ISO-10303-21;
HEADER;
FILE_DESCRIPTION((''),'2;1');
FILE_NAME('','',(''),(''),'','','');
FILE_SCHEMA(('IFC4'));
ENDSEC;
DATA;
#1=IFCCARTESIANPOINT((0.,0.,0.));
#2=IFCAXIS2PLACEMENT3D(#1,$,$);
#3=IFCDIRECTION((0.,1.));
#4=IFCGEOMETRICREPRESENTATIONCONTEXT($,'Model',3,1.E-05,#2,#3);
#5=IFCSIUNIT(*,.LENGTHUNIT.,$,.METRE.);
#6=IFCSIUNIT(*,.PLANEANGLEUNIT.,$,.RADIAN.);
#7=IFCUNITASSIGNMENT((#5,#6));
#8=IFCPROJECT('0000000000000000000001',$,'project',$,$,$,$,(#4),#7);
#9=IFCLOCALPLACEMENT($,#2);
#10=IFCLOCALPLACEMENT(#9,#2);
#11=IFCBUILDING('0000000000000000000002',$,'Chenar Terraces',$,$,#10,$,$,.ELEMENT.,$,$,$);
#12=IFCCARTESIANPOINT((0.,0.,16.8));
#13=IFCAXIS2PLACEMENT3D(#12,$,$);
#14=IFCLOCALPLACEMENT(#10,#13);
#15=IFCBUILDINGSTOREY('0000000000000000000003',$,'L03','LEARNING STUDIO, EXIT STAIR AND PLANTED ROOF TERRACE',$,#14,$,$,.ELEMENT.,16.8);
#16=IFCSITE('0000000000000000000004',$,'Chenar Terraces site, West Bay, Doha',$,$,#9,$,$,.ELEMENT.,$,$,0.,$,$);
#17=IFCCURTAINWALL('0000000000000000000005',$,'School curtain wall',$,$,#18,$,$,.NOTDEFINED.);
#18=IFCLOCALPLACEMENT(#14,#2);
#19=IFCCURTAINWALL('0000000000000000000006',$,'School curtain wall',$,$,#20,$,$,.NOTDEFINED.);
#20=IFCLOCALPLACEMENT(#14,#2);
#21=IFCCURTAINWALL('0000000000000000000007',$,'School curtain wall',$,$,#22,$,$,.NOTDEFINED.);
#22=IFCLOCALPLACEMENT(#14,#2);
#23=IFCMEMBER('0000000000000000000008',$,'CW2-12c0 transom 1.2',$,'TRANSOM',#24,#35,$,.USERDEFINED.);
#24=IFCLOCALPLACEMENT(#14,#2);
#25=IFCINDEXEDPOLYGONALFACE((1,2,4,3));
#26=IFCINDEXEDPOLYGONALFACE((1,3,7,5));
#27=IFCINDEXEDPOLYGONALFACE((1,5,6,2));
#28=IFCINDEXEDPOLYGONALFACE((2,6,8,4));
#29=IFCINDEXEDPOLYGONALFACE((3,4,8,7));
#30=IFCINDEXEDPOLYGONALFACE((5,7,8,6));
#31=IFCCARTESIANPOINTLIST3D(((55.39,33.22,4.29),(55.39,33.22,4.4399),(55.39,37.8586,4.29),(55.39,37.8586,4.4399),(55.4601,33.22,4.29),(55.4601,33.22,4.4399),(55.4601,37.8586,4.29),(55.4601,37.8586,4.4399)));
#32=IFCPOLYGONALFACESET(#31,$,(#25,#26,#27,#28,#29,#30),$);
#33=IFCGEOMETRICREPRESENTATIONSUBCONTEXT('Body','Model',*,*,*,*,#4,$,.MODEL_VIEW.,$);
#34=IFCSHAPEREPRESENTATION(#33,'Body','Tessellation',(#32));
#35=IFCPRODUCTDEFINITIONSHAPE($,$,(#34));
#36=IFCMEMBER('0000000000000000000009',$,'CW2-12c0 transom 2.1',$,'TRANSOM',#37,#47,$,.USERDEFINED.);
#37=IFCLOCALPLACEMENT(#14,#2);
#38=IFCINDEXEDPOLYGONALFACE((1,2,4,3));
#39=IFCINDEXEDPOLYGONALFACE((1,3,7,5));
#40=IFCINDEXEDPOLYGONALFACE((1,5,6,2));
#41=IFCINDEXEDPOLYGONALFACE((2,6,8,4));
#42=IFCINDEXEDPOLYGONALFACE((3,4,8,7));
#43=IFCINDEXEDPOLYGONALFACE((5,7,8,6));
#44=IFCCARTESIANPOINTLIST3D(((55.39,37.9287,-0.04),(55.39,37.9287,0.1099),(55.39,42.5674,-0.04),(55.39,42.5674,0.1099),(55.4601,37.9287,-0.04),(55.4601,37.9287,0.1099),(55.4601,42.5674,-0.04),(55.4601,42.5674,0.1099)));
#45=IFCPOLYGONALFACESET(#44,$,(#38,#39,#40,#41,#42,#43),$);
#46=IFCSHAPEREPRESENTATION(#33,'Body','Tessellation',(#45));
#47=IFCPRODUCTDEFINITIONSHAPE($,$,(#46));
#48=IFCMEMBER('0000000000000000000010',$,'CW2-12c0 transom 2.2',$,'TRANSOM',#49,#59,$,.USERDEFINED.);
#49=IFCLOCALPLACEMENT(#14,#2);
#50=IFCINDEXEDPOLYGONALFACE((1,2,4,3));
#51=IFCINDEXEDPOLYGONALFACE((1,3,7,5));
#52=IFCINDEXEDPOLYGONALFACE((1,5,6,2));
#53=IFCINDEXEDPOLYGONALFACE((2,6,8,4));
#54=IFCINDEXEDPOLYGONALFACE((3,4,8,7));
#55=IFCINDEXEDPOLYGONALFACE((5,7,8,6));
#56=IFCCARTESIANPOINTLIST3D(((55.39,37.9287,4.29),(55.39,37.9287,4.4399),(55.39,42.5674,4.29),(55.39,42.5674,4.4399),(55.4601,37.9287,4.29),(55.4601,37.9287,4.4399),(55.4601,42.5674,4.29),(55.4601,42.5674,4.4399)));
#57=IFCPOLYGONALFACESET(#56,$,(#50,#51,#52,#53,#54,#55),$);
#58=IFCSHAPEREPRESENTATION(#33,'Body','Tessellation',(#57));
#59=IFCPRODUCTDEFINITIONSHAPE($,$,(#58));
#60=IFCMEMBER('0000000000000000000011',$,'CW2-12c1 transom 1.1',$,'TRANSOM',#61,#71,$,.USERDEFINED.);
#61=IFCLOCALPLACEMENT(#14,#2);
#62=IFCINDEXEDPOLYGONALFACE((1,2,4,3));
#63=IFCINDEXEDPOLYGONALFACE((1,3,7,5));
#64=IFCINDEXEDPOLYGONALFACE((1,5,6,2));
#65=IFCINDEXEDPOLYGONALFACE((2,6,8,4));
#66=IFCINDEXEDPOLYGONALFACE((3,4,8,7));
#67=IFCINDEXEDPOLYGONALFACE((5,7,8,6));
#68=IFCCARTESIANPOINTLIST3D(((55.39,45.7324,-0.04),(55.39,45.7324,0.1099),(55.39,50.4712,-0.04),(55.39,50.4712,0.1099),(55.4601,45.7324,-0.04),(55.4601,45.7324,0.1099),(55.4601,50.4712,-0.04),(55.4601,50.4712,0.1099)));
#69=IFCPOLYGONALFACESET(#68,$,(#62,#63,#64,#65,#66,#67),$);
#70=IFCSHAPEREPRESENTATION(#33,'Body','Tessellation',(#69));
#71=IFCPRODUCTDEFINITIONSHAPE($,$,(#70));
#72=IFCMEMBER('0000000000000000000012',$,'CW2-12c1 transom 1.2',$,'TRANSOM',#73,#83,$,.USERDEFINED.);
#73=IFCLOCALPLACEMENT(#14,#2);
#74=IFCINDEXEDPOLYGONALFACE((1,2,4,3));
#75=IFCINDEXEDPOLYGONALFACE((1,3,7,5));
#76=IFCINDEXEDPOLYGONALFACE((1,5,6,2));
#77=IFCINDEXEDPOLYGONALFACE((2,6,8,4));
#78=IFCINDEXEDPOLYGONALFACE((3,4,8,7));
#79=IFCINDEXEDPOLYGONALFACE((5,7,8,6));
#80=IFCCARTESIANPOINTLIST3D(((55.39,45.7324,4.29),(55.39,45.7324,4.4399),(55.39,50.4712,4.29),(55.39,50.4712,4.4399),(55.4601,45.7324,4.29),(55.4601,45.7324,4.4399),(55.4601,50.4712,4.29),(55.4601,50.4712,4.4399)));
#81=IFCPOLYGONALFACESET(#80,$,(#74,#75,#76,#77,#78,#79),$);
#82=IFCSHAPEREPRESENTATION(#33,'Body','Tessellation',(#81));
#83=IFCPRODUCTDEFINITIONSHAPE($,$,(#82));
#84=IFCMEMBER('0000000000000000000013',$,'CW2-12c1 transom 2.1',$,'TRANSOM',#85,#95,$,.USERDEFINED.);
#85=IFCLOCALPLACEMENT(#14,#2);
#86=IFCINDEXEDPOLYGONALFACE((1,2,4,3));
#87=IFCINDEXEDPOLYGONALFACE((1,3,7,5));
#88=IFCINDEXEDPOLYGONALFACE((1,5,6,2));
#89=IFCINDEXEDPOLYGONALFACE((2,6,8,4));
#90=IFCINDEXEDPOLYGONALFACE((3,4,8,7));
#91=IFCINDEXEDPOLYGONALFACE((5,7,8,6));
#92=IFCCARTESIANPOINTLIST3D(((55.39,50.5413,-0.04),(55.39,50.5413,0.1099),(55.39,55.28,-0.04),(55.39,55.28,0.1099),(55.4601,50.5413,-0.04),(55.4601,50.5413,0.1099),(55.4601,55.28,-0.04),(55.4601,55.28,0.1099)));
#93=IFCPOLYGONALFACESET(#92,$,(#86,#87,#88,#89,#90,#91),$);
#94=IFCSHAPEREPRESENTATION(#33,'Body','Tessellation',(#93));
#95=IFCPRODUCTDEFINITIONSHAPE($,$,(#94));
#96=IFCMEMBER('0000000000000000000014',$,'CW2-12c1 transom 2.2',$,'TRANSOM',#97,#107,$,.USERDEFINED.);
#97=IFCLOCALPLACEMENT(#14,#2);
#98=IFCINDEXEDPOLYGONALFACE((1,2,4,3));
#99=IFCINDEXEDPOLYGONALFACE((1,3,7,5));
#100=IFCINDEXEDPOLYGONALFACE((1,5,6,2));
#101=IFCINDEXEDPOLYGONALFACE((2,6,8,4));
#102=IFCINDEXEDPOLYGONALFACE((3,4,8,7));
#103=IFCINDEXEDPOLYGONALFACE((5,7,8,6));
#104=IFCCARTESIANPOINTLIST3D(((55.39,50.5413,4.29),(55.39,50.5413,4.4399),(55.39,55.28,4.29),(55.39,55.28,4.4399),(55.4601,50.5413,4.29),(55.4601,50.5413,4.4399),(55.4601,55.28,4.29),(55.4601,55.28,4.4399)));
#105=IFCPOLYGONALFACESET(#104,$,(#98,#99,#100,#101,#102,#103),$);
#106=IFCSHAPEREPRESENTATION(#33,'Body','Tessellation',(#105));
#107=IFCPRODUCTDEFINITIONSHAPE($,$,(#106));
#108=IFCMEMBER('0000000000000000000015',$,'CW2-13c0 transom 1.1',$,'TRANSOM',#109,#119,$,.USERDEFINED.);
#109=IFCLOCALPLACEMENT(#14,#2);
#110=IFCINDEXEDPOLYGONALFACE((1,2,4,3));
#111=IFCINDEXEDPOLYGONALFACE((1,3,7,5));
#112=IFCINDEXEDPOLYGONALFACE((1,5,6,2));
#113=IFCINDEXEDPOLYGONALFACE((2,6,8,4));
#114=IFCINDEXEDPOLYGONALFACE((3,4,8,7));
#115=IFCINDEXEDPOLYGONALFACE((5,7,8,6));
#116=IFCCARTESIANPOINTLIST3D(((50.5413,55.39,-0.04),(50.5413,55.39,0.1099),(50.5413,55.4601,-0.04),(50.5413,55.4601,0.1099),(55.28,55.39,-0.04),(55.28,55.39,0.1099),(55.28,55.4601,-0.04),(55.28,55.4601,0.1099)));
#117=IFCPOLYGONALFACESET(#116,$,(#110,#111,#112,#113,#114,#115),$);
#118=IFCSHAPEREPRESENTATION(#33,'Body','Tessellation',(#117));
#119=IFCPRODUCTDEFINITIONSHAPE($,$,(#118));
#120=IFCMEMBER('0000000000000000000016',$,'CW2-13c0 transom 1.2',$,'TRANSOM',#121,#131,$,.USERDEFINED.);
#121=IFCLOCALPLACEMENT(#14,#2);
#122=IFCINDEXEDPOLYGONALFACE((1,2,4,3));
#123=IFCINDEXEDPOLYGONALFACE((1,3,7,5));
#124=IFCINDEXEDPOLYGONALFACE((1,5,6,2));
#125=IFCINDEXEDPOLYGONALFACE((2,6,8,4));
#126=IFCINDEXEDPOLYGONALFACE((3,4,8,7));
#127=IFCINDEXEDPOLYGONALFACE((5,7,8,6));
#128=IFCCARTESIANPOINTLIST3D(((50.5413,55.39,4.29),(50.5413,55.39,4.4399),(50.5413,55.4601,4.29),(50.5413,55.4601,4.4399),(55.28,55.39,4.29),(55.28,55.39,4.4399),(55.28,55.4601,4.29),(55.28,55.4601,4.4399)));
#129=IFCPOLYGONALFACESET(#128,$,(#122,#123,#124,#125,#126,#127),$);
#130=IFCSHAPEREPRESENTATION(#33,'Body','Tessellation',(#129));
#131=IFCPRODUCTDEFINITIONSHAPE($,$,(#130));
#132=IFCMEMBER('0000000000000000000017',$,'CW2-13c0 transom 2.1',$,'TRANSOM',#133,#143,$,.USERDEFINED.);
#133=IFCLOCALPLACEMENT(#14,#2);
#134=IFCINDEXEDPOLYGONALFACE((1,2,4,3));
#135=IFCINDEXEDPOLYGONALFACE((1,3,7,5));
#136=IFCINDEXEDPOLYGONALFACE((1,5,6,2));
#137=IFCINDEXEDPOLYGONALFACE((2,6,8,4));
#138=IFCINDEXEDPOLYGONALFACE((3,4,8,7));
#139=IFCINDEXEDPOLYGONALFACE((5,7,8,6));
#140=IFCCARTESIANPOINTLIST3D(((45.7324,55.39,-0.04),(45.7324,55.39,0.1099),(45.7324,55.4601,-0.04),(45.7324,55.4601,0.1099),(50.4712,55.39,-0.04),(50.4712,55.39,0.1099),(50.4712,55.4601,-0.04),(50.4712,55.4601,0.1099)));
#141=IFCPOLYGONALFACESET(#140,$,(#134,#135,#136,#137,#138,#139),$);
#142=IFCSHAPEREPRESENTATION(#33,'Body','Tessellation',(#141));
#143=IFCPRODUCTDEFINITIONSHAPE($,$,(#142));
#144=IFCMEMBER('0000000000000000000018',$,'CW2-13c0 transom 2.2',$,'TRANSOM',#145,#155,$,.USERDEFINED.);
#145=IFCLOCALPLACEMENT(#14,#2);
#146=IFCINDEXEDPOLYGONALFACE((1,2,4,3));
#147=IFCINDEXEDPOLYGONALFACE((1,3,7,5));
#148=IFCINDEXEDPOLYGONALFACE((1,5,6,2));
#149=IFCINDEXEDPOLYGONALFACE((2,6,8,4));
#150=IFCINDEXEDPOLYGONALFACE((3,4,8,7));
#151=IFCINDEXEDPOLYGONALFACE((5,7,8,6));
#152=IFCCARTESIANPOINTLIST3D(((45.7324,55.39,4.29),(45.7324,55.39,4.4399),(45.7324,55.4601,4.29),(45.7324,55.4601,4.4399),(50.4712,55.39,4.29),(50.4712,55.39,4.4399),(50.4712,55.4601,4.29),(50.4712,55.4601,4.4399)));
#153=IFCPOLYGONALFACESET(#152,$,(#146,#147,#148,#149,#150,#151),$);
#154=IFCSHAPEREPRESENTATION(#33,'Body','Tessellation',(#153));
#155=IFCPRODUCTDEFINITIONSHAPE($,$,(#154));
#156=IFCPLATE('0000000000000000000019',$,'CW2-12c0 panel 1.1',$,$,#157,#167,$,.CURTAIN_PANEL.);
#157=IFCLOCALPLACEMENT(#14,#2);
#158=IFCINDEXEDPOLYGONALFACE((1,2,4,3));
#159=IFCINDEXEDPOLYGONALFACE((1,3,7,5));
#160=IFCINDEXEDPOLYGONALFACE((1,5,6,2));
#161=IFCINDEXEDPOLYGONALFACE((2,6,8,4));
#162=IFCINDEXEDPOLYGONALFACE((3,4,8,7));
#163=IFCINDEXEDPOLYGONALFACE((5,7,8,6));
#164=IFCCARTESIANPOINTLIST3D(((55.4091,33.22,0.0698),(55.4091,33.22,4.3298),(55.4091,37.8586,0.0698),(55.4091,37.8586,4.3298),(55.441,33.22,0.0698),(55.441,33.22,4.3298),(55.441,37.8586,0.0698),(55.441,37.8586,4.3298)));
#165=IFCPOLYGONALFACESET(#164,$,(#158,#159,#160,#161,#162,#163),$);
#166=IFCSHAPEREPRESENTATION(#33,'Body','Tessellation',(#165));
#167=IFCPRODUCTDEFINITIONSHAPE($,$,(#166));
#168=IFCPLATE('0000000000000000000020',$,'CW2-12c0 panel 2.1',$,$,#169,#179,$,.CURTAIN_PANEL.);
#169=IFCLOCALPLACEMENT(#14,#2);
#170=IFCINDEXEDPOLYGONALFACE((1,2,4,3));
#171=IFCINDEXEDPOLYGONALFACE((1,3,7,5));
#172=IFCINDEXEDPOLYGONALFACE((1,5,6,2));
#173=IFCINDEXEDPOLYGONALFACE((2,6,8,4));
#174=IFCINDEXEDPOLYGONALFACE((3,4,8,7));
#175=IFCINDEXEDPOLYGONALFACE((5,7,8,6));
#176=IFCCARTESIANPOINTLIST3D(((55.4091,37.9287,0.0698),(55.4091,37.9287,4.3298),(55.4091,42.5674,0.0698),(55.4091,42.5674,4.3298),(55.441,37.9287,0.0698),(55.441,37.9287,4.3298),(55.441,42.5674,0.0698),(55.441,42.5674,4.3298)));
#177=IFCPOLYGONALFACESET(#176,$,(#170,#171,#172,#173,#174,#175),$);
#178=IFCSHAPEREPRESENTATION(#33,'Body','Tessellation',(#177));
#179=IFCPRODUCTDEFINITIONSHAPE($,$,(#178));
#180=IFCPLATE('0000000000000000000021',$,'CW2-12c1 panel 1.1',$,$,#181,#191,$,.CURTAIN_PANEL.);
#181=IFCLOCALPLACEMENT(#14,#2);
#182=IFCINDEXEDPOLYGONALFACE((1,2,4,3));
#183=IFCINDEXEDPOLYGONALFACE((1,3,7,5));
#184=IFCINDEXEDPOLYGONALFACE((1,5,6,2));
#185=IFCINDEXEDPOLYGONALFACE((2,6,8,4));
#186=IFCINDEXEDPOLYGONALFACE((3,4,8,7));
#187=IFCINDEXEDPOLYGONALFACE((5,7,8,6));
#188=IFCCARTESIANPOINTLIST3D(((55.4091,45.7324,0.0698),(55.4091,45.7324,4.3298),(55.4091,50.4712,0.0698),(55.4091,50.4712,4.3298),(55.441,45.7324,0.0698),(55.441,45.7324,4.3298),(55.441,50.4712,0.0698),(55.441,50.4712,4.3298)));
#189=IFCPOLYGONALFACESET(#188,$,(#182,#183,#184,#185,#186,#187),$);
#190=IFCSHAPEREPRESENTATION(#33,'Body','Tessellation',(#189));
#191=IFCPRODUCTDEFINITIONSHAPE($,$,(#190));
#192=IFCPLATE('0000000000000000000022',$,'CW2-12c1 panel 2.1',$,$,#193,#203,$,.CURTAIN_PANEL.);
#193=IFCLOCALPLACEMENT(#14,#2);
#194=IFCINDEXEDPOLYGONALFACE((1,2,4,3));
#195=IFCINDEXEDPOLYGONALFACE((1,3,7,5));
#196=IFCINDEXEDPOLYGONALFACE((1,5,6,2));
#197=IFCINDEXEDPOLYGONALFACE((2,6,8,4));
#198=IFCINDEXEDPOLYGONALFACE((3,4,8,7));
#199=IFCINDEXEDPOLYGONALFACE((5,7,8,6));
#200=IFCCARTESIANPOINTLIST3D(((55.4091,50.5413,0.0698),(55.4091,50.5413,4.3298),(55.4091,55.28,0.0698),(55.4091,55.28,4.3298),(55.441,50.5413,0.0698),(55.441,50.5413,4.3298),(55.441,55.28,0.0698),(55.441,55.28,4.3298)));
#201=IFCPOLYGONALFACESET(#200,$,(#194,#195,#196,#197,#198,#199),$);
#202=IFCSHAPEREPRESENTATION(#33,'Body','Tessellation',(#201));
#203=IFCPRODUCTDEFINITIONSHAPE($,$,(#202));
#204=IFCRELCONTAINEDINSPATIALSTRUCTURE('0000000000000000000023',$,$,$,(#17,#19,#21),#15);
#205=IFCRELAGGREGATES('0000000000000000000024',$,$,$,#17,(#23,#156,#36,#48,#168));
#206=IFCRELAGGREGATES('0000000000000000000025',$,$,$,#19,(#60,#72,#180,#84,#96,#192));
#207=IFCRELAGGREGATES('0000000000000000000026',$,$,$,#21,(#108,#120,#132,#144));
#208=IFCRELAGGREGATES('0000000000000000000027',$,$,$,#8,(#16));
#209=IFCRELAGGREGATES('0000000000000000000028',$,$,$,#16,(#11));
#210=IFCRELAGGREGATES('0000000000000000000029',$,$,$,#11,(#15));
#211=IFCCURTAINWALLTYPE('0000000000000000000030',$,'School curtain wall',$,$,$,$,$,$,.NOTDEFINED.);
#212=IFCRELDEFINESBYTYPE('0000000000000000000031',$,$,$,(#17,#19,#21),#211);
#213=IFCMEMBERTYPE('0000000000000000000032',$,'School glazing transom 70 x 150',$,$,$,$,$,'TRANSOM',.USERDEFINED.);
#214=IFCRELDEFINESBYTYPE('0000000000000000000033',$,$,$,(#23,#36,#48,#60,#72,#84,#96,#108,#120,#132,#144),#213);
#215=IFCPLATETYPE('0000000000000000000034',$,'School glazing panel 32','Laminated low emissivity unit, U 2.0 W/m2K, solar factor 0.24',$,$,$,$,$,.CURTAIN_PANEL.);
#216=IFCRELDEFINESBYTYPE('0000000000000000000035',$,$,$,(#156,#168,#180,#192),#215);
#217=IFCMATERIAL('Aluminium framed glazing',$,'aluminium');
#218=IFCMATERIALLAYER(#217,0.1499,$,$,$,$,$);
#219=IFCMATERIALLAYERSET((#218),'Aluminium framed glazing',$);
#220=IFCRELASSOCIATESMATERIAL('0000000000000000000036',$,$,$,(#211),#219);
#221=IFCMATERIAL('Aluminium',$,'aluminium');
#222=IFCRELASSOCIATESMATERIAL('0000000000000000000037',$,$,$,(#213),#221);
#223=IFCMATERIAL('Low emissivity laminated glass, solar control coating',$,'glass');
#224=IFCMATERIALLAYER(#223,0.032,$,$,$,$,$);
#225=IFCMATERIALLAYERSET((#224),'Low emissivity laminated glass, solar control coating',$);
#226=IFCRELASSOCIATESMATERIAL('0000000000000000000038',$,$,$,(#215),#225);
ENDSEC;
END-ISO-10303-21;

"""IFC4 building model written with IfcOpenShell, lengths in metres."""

from ifc_helpers import new_model, si_unit, direction, frame, origin, origin_2d, place, context, subcontext, project, spatial, rectangle, extrude, material, layer, layer_set, material_profile, profile_set, type_object, element, aggregate, save


model = new_model("IFC4")

# Units and contexts
model_context = context("Model", 3, precision=1e-05, world=origin(), true_north=direction((0.0, 1.0)))
body_context = subcontext(model_context, "Body", "Model", "MODEL_VIEW")
ifc_project = project(units=[si_unit("LENGTHUNIT", "METRE"), si_unit("PLANEANGLEUNIT", "RADIAN")], contexts=[model_context])

# Site, building, storey
site_placement = place(None, origin())
site = spatial("IfcSite", under=ifc_project, at=site_placement, Name="Chenar Terraces site, West Bay, Doha", CompositionType="ELEMENT", RefElevation=0.0)
building_placement = place(site_placement, origin())
building = spatial("IfcBuilding", under=site, at=building_placement, Name="Chenar Terraces", CompositionType="ELEMENT")
storey_placement = place(building_placement, frame((0.0, 0.0, 16.8)))
storey = spatial("IfcBuildingStorey", under=building, at=storey_placement, Name="L03", Description="LEARNING STUDIO, EXIT STAIR AND PLANTED ROOF TERRACE", CompositionType="ELEMENT", Elevation=16.8)

# Shared definitions
ifc_material_1 = material(Name="Aluminium framed glazing", Category="aluminium")
ifc_layer_1 = layer(ifc_material_1, 0.1499)
ifc_layer_set_1 = layer_set([ifc_layer_1], Name="Aluminium framed glazing")
curtain_wall_type = type_object("IfcCurtainWallType", Name="School curtain wall", PredefinedType="NOTDEFINED", material=ifc_layer_set_1)
placement = place(storey_placement, origin())

# Curtain walls
curtain_wall_1 = element("IfcCurtainWall", 1, at=placement, inside=storey, type_object=curtain_wall_type, Name="School curtain wall", PredefinedType="NOTDEFINED")
curtain_wall_2 = element("IfcCurtainWall", 2, at=placement, inside=storey, type_object=curtain_wall_type, Name="School curtain wall", PredefinedType="NOTDEFINED")
curtain_wall_3 = element("IfcCurtainWall", 3, at=placement, inside=storey, type_object=curtain_wall_type, Name="School curtain wall", PredefinedType="NOTDEFINED")

# Members
ifc_material_2 = material(Name="Aluminium", Category="aluminium")
ifc_material_profile_1 = material_profile(ifc_material_2, rectangle(XDim=0.0701, YDim=0.1499, at=origin_2d()), Name="School glazing transom 70 x 150")
ifc_profile_set_1 = profile_set([ifc_material_profile_1], Name="Aluminium")
member_type_1 = type_object("IfcMemberType", Name="School glazing transom 70 x 150", ElementType="TRANSOM", PredefinedType="USERDEFINED", material=ifc_profile_set_1)
member_1_placement = place(storey_placement, frame((55.425, 33.22, 4.365), z_axis=(0.0, 1.0, 0.0), x_axis=(-1.0, 0.0, 0.0)))
member_1 = element("IfcMember", 4, at=member_1_placement, type_object=member_type_1, Name="CW2-12c0 transom 1.2", ObjectType="TRANSOM", PredefinedType="USERDEFINED", context=body_context, shape_type="SweptSolid", body=[
    extrude(rectangle(XDim=0.0701, YDim=0.1499, at=origin_2d()), origin(), (0.0, 0.0, 1.0), 4.6387),
])
member_2_placement = place(storey_placement, frame((55.425, 37.9287, 0.0349), z_axis=(0.0, 1.0, 0.0), x_axis=(-1.0, 0.0, 0.0)))
member_2 = element("IfcMember", 5, at=member_2_placement, type_object=member_type_1, Name="CW2-12c0 transom 2.1", ObjectType="TRANSOM", PredefinedType="USERDEFINED", context=body_context, shape_type="SweptSolid", body=[
    extrude(rectangle(XDim=0.0701, YDim=0.1499, at=origin_2d()), origin(), (0.0, 0.0, 1.0), 4.6387),
])
member_3_placement = place(storey_placement, frame((55.425, 37.9287, 4.365), z_axis=(0.0, 1.0, 0.0), x_axis=(-1.0, 0.0, 0.0)))
member_3 = element("IfcMember", 6, at=member_3_placement, type_object=member_type_1, Name="CW2-12c0 transom 2.2", ObjectType="TRANSOM", PredefinedType="USERDEFINED", context=body_context, shape_type="SweptSolid", body=[
    extrude(rectangle(XDim=0.0701, YDim=0.1499, at=origin_2d()), origin(), (0.0, 0.0, 1.0), 4.6387),
])
member_4_placement = place(storey_placement, frame((55.425, 45.7324, 0.0349), z_axis=(0.0, 1.0, 0.0), x_axis=(-1.0, 0.0, 0.0)))
member_4 = element("IfcMember", 7, at=member_4_placement, type_object=member_type_1, Name="CW2-12c1 transom 1.1", ObjectType="TRANSOM", PredefinedType="USERDEFINED", context=body_context, shape_type="SweptSolid", body=[
    extrude(rectangle(XDim=0.0701, YDim=0.1499, at=origin_2d()), origin(), (0.0, 0.0, 1.0), 4.7388),
])
member_5_placement = place(storey_placement, frame((55.425, 45.7324, 4.365), z_axis=(0.0, 1.0, 0.0), x_axis=(-1.0, 0.0, 0.0)))
member_5 = element("IfcMember", 8, at=member_5_placement, type_object=member_type_1, Name="CW2-12c1 transom 1.2", ObjectType="TRANSOM", PredefinedType="USERDEFINED", context=body_context, shape_type="SweptSolid", body=[
    extrude(rectangle(XDim=0.0701, YDim=0.1499, at=origin_2d()), origin(), (0.0, 0.0, 1.0), 4.7388),
])
member_6_placement = place(storey_placement, frame((55.425, 50.5413, 0.0349), z_axis=(0.0, 1.0, 0.0), x_axis=(-1.0, 0.0, 0.0)))
member_6 = element("IfcMember", 9, at=member_6_placement, type_object=member_type_1, Name="CW2-12c1 transom 2.1", ObjectType="TRANSOM", PredefinedType="USERDEFINED", context=body_context, shape_type="SweptSolid", body=[
    extrude(rectangle(XDim=0.0701, YDim=0.1499, at=origin_2d()), origin(), (0.0, 0.0, 1.0), 4.7388),
])
member_7_placement = place(storey_placement, frame((55.425, 50.5413, 4.365), z_axis=(0.0, 1.0, 0.0), x_axis=(-1.0, 0.0, 0.0)))
member_7 = element("IfcMember", 10, at=member_7_placement, type_object=member_type_1, Name="CW2-12c1 transom 2.2", ObjectType="TRANSOM", PredefinedType="USERDEFINED", context=body_context, shape_type="SweptSolid", body=[
    extrude(rectangle(XDim=0.0701, YDim=0.1499, at=origin_2d()), origin(), (0.0, 0.0, 1.0), 4.7388),
])
member_8_placement = place(storey_placement, frame((55.28, 55.425, 0.0349), z_axis=(-1.0, 0.0, 0.0), x_axis=(0.0, -1.0, 0.0)))
member_8 = element("IfcMember", 11, at=member_8_placement, type_object=member_type_1, Name="CW2-13c0 transom 1.1", ObjectType="TRANSOM", PredefinedType="USERDEFINED", context=body_context, shape_type="SweptSolid", body=[
    extrude(rectangle(XDim=0.0701, YDim=0.1499, at=origin_2d()), origin(), (0.0, 0.0, 1.0), 4.7388),
])
member_9_placement = place(storey_placement, frame((55.28, 55.425, 4.365), z_axis=(-1.0, 0.0, 0.0), x_axis=(0.0, -1.0, 0.0)))
member_9 = element("IfcMember", 12, at=member_9_placement, type_object=member_type_1, Name="CW2-13c0 transom 1.2", ObjectType="TRANSOM", PredefinedType="USERDEFINED", context=body_context, shape_type="SweptSolid", body=[
    extrude(rectangle(XDim=0.0701, YDim=0.1499, at=origin_2d()), origin(), (0.0, 0.0, 1.0), 4.7388),
])
member_10_placement = place(storey_placement, frame((50.4712, 55.425, 0.0349), z_axis=(-1.0, 0.0, 0.0), x_axis=(0.0, -1.0, 0.0)))
member_10 = element("IfcMember", 13, at=member_10_placement, type_object=member_type_1, Name="CW2-13c0 transom 2.1", ObjectType="TRANSOM", PredefinedType="USERDEFINED", context=body_context, shape_type="SweptSolid", body=[
    extrude(rectangle(XDim=0.0701, YDim=0.1499, at=origin_2d()), origin(), (0.0, 0.0, 1.0), 4.7388),
])
member_11_placement = place(storey_placement, frame((50.4712, 55.425, 4.365), z_axis=(-1.0, 0.0, 0.0), x_axis=(0.0, -1.0, 0.0)))
member_11 = element("IfcMember", 14, at=member_11_placement, type_object=member_type_1, Name="CW2-13c0 transom 2.2", ObjectType="TRANSOM", PredefinedType="USERDEFINED", context=body_context, shape_type="SweptSolid", body=[
    extrude(rectangle(XDim=0.0701, YDim=0.1499, at=origin_2d()), origin(), (0.0, 0.0, 1.0), 4.7388),
])

# Plates
ifc_material_3 = material(Name="Low emissivity laminated glass, solar control coating", Category="glass")
ifc_layer_2 = layer(ifc_material_3, 0.032)
ifc_layer_set_2 = layer_set([ifc_layer_2], Name="Low emissivity laminated glass, solar control coating")
plate_type = type_object("IfcPlateType", Name="School glazing panel 32", Description="Laminated low emissivity unit, U 2.0 W/m2K, solar factor 0.24", PredefinedType="CURTAIN_PANEL", material=ifc_layer_set_2)
plate_1_placement = place(storey_placement, frame((55.425, 35.5393, 0.0698), z_axis=(0.0, 0.0, 1.0), x_axis=(0.0, 1.0, 0.0)))
plate_1 = element("IfcPlate", 15, at=plate_1_placement, type_object=plate_type, Name="CW2-12c0 panel 1.1", PredefinedType="CURTAIN_PANEL", context=body_context, shape_type="SweptSolid", body=[
    extrude(rectangle(XDim=4.6387, YDim=0.032, at=origin_2d()), origin(), (0.0, 0.0, 1.0), 4.26),
])
plate_2_placement = place(storey_placement, frame((55.425, 40.248, 0.0698), z_axis=(0.0, 0.0, 1.0), x_axis=(0.0, 1.0, 0.0)))
plate_2 = element("IfcPlate", 16, at=plate_2_placement, type_object=plate_type, Name="CW2-12c0 panel 2.1", PredefinedType="CURTAIN_PANEL", context=body_context, shape_type="SweptSolid", body=[
    extrude(rectangle(XDim=4.6387, YDim=0.032, at=origin_2d()), origin(), (0.0, 0.0, 1.0), 4.26),
])
aggregate(curtain_wall_1, [member_1, plate_1, member_2, member_3, plate_2])
plate_3_placement = place(storey_placement, frame((55.425, 48.1018, 0.0698), z_axis=(0.0, 0.0, 1.0), x_axis=(0.0, 1.0, 0.0)))
plate_3 = element("IfcPlate", 17, at=plate_3_placement, type_object=plate_type, Name="CW2-12c1 panel 1.1", PredefinedType="CURTAIN_PANEL", context=body_context, shape_type="SweptSolid", body=[
    extrude(rectangle(XDim=4.7388, YDim=0.032, at=origin_2d()), origin(), (0.0, 0.0, 1.0), 4.26),
])
plate_4_placement = place(storey_placement, frame((55.425, 52.9106, 0.0698), z_axis=(0.0, 0.0, 1.0), x_axis=(0.0, 1.0, 0.0)))
plate_4 = element("IfcPlate", 18, at=plate_4_placement, type_object=plate_type, Name="CW2-12c1 panel 2.1", PredefinedType="CURTAIN_PANEL", context=body_context, shape_type="SweptSolid", body=[
    extrude(rectangle(XDim=4.7388, YDim=0.032, at=origin_2d()), origin(), (0.0, 0.0, 1.0), 4.26),
])
aggregate(curtain_wall_2, [member_4, member_5, plate_3, member_6, member_7, plate_4])
aggregate(curtain_wall_3, [member_8, member_9, member_10, member_11])

save(model, "model.ifc")
